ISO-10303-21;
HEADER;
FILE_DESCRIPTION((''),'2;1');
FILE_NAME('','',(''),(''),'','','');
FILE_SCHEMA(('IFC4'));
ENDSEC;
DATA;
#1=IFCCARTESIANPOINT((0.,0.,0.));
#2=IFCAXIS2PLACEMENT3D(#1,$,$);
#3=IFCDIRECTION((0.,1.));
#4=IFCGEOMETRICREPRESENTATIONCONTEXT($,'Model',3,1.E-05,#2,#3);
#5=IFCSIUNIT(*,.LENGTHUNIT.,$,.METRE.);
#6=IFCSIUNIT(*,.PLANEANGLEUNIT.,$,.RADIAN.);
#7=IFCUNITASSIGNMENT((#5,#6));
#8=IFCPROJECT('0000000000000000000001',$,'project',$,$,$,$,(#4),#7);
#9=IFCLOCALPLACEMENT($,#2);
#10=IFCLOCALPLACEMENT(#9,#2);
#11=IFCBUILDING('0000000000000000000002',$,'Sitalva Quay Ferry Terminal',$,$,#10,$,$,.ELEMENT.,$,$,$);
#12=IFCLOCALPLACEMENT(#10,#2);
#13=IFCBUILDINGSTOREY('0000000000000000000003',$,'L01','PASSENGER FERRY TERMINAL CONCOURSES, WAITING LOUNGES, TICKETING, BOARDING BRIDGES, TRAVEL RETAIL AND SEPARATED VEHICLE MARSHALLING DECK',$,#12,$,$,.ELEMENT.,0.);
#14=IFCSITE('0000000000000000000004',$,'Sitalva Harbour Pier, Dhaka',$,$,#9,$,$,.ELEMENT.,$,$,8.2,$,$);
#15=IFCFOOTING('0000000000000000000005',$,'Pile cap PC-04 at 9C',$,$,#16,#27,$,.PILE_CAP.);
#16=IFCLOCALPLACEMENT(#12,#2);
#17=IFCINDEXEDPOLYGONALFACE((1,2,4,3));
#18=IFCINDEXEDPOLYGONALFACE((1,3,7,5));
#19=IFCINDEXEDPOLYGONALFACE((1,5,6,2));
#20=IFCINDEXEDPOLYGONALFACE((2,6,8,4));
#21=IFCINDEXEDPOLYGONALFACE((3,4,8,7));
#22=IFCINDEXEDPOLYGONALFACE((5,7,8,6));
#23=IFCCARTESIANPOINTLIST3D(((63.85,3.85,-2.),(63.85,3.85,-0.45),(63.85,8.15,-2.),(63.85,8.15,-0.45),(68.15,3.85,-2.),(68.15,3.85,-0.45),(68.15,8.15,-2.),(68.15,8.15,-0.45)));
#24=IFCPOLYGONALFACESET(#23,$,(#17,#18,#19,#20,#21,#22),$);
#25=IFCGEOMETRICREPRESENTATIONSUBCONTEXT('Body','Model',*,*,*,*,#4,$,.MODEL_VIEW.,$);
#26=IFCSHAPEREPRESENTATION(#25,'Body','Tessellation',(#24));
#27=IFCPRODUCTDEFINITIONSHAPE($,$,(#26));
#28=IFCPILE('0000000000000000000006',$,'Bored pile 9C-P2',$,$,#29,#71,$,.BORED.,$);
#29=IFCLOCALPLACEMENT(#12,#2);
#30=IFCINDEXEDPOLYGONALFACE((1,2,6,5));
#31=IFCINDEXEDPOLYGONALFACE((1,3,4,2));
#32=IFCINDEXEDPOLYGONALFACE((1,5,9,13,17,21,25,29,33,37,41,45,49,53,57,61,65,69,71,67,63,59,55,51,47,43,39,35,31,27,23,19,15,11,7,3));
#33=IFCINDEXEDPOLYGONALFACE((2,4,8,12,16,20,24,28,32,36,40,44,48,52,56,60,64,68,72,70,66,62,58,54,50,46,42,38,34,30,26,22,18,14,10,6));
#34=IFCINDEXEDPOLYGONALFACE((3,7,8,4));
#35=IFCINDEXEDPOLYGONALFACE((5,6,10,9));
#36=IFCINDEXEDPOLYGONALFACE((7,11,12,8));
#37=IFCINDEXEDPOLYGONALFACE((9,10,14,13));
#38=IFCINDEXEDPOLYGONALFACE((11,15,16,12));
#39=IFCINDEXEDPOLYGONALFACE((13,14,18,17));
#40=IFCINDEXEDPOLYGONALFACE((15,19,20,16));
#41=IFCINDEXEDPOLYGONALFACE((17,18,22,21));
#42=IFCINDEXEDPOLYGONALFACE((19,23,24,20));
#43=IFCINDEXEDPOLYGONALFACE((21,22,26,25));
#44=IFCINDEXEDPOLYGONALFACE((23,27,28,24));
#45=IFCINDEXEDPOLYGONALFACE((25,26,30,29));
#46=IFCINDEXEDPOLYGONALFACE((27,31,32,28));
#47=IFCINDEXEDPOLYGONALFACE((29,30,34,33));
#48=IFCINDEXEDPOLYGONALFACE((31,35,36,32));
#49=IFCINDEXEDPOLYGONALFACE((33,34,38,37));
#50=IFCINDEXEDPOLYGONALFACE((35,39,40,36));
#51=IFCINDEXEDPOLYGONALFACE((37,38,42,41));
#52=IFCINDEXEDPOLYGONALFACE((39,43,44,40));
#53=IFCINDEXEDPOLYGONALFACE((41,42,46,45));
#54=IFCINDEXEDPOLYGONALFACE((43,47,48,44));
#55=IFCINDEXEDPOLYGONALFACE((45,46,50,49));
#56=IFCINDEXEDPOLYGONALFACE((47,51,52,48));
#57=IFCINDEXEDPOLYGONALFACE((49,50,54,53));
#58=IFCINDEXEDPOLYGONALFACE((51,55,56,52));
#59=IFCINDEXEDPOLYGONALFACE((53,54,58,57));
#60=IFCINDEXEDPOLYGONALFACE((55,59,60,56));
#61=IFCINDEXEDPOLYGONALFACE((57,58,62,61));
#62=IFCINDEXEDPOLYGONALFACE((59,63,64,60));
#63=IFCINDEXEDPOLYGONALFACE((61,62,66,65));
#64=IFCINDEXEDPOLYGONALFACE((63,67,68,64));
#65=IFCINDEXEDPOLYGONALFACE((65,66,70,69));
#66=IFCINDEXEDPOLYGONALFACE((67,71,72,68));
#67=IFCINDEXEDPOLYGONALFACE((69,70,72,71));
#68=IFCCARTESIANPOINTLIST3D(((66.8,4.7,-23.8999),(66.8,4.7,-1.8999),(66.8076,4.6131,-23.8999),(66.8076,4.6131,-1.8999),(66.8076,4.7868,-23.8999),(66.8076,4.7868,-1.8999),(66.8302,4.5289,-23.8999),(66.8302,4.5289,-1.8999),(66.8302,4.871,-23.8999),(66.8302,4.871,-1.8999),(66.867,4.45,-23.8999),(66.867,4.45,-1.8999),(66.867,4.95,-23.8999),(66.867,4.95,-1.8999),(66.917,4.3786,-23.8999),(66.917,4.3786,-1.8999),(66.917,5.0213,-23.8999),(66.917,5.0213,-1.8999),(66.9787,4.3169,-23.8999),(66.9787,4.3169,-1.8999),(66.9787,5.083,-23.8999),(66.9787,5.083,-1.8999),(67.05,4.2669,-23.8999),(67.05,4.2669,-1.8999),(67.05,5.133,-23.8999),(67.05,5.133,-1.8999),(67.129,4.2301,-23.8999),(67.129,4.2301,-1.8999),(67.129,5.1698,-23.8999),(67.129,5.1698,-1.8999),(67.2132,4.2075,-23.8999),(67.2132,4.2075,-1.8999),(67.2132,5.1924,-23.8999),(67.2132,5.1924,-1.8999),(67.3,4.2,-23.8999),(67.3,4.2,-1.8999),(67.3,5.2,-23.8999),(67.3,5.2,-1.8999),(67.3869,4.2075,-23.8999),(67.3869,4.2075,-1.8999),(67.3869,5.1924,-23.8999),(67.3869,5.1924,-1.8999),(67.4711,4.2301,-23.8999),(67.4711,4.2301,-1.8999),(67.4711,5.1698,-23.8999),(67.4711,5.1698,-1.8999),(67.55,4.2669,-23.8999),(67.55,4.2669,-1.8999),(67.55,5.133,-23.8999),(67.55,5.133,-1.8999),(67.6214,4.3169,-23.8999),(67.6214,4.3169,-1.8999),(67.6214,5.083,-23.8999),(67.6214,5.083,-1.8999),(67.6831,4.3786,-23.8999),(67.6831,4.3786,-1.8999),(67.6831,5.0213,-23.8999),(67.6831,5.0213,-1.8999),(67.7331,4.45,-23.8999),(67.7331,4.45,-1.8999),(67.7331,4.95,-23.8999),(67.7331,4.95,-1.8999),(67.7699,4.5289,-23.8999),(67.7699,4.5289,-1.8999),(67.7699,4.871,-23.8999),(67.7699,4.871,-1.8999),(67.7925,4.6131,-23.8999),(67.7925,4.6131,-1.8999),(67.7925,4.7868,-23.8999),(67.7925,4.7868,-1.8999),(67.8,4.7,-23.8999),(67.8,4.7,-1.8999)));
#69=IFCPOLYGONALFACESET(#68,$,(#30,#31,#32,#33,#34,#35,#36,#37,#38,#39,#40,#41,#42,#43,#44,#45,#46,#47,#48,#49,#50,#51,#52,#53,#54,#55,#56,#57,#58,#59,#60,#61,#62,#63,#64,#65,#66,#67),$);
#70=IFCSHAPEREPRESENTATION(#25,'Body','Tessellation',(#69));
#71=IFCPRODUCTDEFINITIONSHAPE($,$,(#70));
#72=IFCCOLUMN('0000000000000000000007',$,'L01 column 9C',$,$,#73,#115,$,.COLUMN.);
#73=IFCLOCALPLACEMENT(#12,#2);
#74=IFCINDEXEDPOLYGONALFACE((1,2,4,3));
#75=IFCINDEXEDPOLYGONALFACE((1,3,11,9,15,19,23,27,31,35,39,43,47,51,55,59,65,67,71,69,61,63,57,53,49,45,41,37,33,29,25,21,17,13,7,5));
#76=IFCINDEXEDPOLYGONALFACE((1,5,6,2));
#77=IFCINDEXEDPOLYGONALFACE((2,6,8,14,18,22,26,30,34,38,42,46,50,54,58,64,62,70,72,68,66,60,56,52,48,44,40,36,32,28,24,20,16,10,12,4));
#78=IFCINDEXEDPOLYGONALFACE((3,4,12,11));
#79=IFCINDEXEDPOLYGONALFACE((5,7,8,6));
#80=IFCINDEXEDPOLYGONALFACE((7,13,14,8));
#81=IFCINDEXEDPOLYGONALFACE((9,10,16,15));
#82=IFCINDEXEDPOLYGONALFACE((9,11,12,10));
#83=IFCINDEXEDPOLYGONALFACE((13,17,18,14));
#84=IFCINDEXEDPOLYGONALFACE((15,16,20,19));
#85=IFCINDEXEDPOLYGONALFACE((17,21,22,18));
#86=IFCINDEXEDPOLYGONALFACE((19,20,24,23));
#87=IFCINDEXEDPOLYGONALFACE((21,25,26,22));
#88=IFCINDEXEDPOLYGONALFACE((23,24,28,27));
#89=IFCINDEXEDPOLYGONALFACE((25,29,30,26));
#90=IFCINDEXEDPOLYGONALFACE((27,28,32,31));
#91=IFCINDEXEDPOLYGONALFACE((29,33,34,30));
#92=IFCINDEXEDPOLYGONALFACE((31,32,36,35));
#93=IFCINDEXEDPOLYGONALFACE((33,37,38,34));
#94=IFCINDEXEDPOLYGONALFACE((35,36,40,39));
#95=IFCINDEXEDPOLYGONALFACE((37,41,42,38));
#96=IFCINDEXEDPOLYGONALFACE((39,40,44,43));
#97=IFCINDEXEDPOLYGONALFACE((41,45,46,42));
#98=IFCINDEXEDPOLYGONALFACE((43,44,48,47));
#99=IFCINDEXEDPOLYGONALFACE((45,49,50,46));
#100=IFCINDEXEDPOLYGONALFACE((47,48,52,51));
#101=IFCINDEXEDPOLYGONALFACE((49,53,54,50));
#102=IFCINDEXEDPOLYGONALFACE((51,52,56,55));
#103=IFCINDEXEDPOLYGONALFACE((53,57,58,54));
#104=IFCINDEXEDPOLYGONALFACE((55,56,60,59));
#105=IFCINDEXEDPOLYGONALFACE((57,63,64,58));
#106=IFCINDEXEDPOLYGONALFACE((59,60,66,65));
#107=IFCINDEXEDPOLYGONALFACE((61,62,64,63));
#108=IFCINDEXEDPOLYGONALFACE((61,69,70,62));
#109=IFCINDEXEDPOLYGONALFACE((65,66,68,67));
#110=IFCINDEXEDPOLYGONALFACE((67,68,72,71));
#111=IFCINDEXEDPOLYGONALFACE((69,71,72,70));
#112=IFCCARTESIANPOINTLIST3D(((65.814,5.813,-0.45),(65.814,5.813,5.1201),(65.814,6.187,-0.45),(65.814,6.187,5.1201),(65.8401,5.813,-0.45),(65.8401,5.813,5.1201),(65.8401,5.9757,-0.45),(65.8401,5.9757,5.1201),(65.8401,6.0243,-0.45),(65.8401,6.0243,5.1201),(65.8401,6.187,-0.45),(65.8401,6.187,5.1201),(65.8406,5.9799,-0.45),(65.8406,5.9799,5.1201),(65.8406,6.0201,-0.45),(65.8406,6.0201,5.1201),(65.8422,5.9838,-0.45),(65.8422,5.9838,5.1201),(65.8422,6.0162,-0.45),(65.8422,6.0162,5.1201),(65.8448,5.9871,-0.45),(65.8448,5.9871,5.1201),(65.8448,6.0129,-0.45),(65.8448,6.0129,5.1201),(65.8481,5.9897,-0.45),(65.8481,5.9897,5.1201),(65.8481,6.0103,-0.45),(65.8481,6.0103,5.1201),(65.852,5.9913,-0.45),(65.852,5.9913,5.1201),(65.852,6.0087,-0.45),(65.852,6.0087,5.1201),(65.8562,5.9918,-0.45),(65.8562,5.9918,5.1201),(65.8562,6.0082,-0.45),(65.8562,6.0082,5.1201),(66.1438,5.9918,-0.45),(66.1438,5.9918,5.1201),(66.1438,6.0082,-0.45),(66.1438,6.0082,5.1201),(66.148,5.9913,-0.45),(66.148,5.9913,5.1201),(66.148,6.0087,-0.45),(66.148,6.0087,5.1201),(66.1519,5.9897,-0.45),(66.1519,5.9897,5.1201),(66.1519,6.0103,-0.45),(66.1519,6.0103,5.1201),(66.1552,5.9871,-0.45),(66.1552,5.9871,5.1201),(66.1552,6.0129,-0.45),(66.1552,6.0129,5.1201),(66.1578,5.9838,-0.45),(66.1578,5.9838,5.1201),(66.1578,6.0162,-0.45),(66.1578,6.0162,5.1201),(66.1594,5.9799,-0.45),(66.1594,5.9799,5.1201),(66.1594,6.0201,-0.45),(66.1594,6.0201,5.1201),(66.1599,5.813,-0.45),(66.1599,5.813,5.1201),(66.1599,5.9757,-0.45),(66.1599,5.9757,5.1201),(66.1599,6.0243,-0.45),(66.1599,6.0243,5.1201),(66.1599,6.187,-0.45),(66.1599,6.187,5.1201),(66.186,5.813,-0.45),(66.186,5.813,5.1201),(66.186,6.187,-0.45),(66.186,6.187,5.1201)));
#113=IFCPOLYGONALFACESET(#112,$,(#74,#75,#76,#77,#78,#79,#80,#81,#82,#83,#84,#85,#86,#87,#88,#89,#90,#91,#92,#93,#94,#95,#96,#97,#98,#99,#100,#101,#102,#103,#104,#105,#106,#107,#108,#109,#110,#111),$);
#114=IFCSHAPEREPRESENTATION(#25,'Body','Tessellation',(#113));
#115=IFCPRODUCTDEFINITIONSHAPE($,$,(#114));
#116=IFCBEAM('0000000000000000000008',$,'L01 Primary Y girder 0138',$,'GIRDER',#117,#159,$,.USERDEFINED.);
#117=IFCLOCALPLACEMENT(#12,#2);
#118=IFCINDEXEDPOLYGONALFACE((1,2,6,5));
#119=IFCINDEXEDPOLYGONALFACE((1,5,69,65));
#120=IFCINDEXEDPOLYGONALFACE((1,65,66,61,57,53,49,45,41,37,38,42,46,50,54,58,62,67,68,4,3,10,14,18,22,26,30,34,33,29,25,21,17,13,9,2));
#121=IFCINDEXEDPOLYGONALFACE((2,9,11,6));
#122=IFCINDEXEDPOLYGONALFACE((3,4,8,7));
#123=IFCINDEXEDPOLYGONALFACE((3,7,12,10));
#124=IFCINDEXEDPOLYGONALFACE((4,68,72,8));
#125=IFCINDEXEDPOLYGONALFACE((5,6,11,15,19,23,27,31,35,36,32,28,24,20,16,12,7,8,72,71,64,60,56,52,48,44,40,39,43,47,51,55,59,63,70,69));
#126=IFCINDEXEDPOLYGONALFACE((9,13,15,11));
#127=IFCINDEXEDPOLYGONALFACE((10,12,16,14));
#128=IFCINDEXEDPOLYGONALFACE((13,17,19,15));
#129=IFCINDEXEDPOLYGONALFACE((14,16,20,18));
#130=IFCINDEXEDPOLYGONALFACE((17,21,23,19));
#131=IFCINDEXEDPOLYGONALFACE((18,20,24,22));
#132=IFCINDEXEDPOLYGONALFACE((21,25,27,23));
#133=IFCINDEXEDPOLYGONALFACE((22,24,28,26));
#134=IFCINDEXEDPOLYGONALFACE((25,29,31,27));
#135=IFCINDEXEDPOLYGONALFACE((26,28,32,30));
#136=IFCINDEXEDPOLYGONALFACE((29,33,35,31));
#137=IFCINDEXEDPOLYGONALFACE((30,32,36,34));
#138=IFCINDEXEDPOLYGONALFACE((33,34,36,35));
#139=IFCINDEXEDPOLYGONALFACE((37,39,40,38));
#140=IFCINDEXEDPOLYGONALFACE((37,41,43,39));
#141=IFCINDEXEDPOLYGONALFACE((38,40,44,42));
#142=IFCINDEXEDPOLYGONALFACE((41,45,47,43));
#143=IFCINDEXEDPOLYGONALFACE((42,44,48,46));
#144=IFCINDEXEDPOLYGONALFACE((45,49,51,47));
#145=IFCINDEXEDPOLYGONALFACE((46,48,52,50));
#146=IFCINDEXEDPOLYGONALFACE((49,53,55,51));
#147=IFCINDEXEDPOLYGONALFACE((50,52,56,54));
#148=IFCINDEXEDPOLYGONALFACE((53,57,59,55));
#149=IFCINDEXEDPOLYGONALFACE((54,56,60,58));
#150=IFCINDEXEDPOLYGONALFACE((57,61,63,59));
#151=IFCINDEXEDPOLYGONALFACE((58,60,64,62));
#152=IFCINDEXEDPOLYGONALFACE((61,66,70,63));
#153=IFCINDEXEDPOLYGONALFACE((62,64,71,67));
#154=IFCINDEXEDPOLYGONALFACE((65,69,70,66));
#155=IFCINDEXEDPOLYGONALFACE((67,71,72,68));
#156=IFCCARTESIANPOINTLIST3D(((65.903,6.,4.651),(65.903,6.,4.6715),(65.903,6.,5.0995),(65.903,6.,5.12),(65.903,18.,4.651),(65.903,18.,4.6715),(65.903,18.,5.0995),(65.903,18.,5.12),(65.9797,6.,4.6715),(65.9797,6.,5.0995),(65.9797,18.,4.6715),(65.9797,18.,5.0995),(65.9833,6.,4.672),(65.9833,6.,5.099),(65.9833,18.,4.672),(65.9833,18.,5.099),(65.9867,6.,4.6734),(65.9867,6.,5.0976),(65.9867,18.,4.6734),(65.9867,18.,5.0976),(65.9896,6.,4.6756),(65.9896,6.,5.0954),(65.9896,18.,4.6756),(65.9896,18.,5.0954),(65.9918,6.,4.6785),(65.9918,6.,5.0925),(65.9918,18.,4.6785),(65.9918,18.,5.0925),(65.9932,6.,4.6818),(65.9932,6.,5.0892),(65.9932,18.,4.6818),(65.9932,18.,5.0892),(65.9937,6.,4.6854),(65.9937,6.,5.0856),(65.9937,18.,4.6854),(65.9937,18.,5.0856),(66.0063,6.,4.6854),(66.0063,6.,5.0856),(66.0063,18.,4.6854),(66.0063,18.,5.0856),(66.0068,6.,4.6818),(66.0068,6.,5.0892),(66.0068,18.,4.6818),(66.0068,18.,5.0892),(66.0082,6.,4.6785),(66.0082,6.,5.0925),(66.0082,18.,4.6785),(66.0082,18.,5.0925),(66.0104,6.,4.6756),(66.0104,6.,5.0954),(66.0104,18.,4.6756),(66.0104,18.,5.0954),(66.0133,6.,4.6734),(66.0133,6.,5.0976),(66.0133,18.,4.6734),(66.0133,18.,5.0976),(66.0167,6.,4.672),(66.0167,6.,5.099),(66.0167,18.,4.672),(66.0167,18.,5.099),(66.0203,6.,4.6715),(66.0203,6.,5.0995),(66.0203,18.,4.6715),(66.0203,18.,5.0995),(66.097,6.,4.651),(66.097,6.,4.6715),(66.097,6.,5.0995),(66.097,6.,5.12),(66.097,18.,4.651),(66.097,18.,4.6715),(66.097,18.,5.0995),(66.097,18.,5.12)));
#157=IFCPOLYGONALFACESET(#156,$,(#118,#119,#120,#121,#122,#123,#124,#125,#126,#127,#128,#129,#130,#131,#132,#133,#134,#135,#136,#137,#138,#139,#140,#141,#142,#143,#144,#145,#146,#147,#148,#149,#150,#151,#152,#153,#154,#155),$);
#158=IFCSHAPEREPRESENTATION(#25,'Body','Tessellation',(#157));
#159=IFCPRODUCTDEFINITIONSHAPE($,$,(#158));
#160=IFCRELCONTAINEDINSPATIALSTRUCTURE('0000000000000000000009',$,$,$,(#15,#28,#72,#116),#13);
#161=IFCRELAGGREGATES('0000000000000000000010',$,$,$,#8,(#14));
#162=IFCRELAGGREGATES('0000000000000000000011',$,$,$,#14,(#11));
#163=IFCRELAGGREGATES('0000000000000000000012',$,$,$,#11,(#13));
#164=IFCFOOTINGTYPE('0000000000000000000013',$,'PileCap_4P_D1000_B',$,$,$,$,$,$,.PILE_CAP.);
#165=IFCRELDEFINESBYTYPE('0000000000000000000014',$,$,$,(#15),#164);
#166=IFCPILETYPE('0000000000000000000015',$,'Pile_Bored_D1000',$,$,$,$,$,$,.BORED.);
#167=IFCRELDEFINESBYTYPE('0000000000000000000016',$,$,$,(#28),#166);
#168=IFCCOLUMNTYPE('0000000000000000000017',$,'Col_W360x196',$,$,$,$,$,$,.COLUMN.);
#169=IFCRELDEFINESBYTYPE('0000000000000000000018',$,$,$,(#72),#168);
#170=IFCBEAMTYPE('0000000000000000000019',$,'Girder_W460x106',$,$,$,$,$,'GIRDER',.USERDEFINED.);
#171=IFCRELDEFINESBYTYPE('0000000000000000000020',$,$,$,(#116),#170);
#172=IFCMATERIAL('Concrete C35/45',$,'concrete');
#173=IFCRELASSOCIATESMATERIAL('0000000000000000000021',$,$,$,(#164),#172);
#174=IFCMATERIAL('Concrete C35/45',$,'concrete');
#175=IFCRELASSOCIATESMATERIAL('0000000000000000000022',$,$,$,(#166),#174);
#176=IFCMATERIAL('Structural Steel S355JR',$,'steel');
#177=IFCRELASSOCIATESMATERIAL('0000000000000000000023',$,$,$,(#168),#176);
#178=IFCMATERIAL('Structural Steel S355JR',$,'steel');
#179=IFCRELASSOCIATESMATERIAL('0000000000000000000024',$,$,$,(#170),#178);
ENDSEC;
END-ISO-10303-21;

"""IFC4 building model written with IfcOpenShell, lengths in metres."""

from ifc_helpers import new_model, si_unit, direction, frame, origin, origin_2d, place, context, subcontext, project, spatial, rectangle, circle, i_section, extrude, material, material_profile, profile_set, type_object, element, save


model = new_model("IFC4")

# Units and contexts
model_context = context("Model", 3, precision=1e-05, world=origin(), true_north=direction((0.0, 1.0)))
body_context = subcontext(model_context, "Body", "Model", "MODEL_VIEW")
ifc_project = project(units=[si_unit("LENGTHUNIT", "METRE"), si_unit("PLANEANGLEUNIT", "RADIAN")], contexts=[model_context])

# Site, building, storey
site_placement = place(None, origin())
site = spatial("IfcSite", under=ifc_project, at=site_placement, Name="Sitalva Harbour Pier, Dhaka", CompositionType="ELEMENT", RefElevation=8.2)
building_placement = place(site_placement, origin())
building = spatial("IfcBuilding", under=site, at=building_placement, Name="Sitalva Quay Ferry Terminal", CompositionType="ELEMENT")
storey_placement = place(building_placement, origin())
storey = spatial("IfcBuildingStorey", under=building, at=storey_placement, Name="L01", Description="PASSENGER FERRY TERMINAL CONCOURSES, WAITING LOUNGES, TICKETING, BOARDING BRIDGES, TRAVEL RETAIL AND SEPARATED VEHICLE MARSHALLING DECK", CompositionType="ELEMENT", Elevation=0.0)

# Footing
ifc_material_1 = material(Name="Concrete C35/45", Category="concrete")
footing_type = type_object("IfcFootingType", Name="PileCap_4P_D1000_B", PredefinedType="PILE_CAP", material=ifc_material_1)
footing_placement = place(storey_placement, frame((66.0, 6.0, -2.0), z_axis=(0.0, 0.0, 1.0), x_axis=(1.0, 0.0, 0.0)))
element("IfcFooting", 1, at=footing_placement, inside=storey, type_object=footing_type, Name="Pile cap PC-04 at 9C", PredefinedType="PILE_CAP", context=body_context, shape_type="SweptSolid", body=[
    extrude(rectangle(XDim=4.3, YDim=4.3, at=origin_2d()), origin(), (0.0, 0.0, 1.0), 1.55),
])

# Pile
ifc_material_2 = material(Name="Concrete C35/45", Category="concrete")
ifc_material_profile_1 = material_profile(ifc_material_2, circle(Radius=0.5, at=origin_2d()), Name="PILE-D1000")
ifc_profile_set_1 = profile_set([ifc_material_profile_1], Name="Concrete C35/45")
pile_type = type_object("IfcPileType", Name="Pile_Bored_D1000", PredefinedType="BORED", material=ifc_profile_set_1)
pile_placement = place(storey_placement, frame((67.3, 4.7, -1.8999), z_axis=(0.0, 0.0, -1.0), x_axis=(1.0, 0.0, 0.0)))
element("IfcPile", 2, at=pile_placement, inside=storey, type_object=pile_type, Name="Bored pile 9C-P2", PredefinedType="BORED", context=body_context, shape_type="SweptSolid", body=[
    extrude(circle(Radius=0.5, at=origin_2d()), origin(), (0.0, 0.0, 1.0), 22.0),
])

# Column
ifc_material_3 = material(Name="Structural Steel S355JR", Category="steel")
ifc_material_profile_2 = material_profile(ifc_material_3, i_section(OverallWidth=0.374, OverallDepth=0.3721, WebThickness=0.0164, FlangeThickness=0.0261, FilletRadius=0.0161, at=origin_2d()), Name="W360x196")
ifc_profile_set_2 = profile_set([ifc_material_profile_2], Name="Structural Steel S355JR")
column_type = type_object("IfcColumnType", Name="Col_W360x196", PredefinedType="COLUMN", material=ifc_profile_set_2)
column_placement = place(storey_placement, frame((66.0, 6.0, -0.45), z_axis=(0.0, 0.0, 1.0), x_axis=(0.0, 1.0, 0.0)))
element("IfcColumn", 3, at=column_placement, inside=storey, type_object=column_type, Name="L01 column 9C", PredefinedType="COLUMN", context=body_context, shape_type="SweptSolid", body=[
    extrude(i_section(OverallWidth=0.374, OverallDepth=0.3721, WebThickness=0.0164, FlangeThickness=0.0261, FilletRadius=0.0161, at=origin_2d()), origin(), (0.0, 0.0, 1.0), 5.5701),
])

# Beam
ifc_material_4 = material(Name="Structural Steel S355JR", Category="steel")
ifc_material_profile_3 = material_profile(ifc_material_4, i_section(OverallWidth=0.1941, OverallDepth=0.469, WebThickness=0.0127, FlangeThickness=0.0205, FilletRadius=0.0139, at=origin_2d()), Name="W460x106")
ifc_profile_set_3 = profile_set([ifc_material_profile_3], Name="Structural Steel S355JR")
beam_type_1 = type_object("IfcBeamType", Name="Girder_W460x106", ElementType="GIRDER", PredefinedType="USERDEFINED", material=ifc_profile_set_3)
beam_1_placement = place(storey_placement, frame((66.0, 6.0, 4.8855), z_axis=(0.0, 1.0, 0.0), x_axis=(-1.0, 0.0, 0.0)))
element("IfcBeam", 4, at=beam_1_placement, inside=storey, type_object=beam_type_1, Name="L01 Primary Y girder 0138", ObjectType="GIRDER", PredefinedType="USERDEFINED", context=body_context, shape_type="SweptSolid", body=[
    extrude(i_section(OverallWidth=0.1941, OverallDepth=0.469, WebThickness=0.0127, FlangeThickness=0.0205, FilletRadius=0.0139, at=origin_2d()), origin(), (0.0, 0.0, 1.0), 12.0),
])

save(model, "model.ifc")
